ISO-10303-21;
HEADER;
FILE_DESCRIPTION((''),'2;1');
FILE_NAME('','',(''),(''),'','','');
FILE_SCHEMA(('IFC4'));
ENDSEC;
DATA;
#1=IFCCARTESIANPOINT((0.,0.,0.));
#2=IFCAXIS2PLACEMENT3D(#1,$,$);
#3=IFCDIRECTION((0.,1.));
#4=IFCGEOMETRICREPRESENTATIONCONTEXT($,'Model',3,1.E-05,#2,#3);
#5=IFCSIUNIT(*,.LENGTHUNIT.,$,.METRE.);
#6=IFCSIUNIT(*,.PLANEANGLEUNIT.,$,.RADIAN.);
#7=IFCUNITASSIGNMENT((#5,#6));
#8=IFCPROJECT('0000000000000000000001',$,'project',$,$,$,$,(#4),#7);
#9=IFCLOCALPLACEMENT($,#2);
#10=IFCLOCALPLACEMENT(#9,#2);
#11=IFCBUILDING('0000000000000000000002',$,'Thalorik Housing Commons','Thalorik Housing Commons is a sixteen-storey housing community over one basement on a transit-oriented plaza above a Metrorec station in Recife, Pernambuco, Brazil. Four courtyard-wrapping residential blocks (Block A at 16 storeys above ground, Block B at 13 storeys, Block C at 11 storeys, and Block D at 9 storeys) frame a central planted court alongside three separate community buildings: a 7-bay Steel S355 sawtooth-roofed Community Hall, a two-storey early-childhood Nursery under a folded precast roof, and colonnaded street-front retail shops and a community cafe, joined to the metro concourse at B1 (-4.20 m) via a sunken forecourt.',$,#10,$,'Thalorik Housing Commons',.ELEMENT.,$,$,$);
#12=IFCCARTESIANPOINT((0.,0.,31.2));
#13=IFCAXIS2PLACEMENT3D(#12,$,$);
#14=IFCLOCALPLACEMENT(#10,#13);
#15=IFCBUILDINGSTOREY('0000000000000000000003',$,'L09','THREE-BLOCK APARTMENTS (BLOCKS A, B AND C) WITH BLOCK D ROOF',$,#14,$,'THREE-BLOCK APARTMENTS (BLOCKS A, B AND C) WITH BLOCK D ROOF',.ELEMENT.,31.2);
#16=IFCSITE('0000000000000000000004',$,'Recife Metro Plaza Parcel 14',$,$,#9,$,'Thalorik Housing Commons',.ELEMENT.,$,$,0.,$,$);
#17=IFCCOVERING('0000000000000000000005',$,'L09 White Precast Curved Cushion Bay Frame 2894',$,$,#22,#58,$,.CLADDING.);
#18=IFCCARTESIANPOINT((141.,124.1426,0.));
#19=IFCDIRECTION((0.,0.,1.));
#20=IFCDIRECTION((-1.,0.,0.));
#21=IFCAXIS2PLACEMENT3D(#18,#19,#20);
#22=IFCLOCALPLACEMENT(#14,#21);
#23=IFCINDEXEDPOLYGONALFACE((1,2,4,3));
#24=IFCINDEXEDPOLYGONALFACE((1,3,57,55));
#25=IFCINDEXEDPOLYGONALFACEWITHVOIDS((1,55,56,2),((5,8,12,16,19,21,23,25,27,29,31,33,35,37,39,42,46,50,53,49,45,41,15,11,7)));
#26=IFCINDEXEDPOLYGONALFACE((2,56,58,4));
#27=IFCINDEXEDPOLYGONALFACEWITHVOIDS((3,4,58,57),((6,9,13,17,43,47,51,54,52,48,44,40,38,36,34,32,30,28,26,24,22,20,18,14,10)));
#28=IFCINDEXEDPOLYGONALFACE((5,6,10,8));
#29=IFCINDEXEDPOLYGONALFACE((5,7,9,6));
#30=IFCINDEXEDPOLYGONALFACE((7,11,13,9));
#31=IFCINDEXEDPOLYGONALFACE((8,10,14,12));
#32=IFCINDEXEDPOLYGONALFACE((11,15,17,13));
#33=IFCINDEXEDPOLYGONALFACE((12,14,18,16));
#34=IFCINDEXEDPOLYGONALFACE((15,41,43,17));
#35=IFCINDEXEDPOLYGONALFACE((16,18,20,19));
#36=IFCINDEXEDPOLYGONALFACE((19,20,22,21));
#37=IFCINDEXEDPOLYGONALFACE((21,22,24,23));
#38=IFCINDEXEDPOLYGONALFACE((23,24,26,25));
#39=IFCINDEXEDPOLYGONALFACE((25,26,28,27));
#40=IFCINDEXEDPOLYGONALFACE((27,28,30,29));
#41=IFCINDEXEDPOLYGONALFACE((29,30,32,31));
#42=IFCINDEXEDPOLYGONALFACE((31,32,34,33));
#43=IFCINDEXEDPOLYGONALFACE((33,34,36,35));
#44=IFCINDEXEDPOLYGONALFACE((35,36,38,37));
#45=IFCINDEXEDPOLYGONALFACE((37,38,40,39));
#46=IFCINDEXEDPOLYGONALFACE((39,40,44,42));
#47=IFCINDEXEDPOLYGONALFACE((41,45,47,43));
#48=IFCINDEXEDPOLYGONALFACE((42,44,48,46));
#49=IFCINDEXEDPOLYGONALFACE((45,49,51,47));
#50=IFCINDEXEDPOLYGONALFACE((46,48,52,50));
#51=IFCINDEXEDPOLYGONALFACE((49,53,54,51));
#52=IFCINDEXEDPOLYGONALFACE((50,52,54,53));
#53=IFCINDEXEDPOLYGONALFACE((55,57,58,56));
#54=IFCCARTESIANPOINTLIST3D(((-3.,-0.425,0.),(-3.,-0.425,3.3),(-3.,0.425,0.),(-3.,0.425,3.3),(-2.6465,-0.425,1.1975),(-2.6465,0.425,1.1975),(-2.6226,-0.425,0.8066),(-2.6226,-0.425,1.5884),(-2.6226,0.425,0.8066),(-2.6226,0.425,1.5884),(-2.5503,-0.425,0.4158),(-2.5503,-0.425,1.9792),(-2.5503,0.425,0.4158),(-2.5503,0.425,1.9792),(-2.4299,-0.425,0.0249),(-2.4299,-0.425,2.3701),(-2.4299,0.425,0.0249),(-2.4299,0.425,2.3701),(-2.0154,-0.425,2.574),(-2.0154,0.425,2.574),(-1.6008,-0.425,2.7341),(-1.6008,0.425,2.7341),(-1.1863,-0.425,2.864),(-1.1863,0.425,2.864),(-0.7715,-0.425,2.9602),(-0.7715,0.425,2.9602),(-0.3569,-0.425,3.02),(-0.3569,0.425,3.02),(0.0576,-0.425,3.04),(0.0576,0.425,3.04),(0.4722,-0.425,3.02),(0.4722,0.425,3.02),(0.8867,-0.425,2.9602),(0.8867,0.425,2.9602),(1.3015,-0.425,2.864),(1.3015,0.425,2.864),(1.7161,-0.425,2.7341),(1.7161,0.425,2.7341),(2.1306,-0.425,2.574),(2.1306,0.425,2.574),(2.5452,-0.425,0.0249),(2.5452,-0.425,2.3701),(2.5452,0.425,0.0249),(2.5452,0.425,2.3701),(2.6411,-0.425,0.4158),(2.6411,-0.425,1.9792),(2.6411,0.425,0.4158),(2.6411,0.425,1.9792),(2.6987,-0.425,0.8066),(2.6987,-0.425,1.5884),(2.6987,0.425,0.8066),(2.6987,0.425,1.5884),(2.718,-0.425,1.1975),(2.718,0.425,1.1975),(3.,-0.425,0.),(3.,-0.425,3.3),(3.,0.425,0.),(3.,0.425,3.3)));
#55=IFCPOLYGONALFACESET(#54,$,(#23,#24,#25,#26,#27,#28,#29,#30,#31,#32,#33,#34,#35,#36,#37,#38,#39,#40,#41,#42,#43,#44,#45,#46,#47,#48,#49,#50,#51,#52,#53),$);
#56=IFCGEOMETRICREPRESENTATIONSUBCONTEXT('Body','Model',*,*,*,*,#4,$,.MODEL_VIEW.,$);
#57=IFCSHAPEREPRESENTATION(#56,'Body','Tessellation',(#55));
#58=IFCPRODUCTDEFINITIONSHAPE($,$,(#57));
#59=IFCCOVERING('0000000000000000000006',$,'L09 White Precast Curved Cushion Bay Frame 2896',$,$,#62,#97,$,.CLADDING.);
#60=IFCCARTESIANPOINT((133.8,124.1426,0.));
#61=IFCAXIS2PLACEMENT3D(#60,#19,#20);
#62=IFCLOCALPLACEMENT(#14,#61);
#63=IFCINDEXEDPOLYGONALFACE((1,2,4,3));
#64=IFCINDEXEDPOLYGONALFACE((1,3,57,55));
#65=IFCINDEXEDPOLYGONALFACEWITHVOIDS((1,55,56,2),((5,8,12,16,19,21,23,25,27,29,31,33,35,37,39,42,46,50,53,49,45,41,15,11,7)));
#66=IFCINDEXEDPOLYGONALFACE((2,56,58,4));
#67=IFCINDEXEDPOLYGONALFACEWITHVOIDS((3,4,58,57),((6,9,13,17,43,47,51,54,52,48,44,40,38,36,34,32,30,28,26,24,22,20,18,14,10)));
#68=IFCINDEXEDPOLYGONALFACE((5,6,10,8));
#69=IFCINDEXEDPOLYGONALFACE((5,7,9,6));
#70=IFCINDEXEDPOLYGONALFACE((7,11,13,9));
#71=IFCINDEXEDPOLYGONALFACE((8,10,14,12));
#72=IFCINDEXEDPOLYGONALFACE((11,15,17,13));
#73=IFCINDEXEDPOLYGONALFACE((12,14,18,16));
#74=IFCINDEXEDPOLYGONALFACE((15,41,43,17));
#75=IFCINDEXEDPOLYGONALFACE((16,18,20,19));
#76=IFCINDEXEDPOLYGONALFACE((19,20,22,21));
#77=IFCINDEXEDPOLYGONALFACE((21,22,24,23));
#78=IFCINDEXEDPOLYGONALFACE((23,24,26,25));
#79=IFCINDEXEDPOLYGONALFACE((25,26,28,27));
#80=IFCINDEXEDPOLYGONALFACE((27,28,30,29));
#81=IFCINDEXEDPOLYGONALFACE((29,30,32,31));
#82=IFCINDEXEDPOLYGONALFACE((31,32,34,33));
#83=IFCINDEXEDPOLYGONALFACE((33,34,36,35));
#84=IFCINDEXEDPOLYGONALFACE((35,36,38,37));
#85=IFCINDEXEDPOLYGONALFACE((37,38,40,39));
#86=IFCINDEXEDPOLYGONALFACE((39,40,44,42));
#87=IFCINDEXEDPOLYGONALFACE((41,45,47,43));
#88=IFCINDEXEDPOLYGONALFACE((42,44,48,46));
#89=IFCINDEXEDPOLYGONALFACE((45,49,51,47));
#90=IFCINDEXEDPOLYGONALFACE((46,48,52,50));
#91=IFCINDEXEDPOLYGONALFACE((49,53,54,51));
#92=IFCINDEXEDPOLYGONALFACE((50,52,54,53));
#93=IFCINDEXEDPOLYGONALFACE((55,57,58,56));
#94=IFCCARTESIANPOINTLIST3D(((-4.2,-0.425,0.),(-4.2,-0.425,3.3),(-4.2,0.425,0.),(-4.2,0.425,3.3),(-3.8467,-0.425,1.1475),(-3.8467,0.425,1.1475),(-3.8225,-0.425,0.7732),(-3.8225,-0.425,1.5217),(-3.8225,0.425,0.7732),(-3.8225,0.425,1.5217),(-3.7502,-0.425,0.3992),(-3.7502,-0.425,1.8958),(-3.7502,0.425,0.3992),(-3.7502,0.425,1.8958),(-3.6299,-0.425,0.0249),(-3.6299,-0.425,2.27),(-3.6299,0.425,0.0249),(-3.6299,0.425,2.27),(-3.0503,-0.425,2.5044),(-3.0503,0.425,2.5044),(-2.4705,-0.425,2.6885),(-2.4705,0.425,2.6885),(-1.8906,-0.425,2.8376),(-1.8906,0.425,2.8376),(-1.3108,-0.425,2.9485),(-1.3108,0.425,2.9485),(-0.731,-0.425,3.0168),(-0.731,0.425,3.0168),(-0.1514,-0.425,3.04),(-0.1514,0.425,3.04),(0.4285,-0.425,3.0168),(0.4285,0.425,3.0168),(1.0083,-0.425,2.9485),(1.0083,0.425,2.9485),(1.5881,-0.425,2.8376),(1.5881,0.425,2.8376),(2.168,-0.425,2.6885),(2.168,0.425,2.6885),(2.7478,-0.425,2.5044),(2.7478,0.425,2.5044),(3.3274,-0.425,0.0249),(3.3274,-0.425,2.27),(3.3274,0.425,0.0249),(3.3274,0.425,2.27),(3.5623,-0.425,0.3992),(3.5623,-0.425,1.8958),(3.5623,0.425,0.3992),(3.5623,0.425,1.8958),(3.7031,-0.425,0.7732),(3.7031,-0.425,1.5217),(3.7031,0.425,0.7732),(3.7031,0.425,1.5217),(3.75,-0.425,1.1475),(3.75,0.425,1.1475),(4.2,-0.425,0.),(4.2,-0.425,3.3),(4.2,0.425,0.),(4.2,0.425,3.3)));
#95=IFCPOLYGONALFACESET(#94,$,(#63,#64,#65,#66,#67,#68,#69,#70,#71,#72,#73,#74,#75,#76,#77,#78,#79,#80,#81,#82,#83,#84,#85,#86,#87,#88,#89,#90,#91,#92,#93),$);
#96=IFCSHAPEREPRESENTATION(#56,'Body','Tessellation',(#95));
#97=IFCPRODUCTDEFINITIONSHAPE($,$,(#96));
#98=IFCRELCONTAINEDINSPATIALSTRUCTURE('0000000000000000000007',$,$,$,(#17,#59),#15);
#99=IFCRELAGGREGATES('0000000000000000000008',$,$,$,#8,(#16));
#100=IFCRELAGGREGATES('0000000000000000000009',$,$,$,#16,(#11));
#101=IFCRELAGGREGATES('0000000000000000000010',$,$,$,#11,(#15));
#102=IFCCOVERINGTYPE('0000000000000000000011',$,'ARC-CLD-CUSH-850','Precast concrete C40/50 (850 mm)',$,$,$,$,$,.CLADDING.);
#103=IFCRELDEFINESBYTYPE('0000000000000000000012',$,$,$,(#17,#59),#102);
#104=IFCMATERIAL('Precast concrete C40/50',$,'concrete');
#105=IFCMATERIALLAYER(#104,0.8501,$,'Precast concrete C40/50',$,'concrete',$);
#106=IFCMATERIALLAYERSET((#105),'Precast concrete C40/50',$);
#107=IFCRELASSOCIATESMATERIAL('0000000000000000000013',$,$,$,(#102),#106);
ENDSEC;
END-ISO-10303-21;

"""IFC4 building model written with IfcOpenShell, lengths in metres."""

from ifc_helpers import new_model, si_unit, direction, frame, origin, place, context, subcontext, project, spatial, polyline, outline, extrude, material, layer, layer_set, type_object, element, save


model = new_model("IFC4")

# Units and contexts
model_context = context("Model", 3, precision=1e-05, world=origin(), true_north=direction((0.0, 1.0)))
body_context = subcontext(model_context, "Body", "Model", "MODEL_VIEW")
ifc_project = project(units=[si_unit("LENGTHUNIT", "METRE"), si_unit("PLANEANGLEUNIT", "RADIAN")], contexts=[model_context])

# Site, building, storey
site_placement = place(None, origin())
site = spatial("IfcSite", under=ifc_project, at=site_placement, Name="Recife Metro Plaza Parcel 14", LongName="Thalorik Housing Commons", CompositionType="ELEMENT", RefElevation=0.0)
building_placement = place(site_placement, origin())
building = spatial("IfcBuilding", under=site, at=building_placement, Name="Thalorik Housing Commons", Description="Thalorik Housing Commons is a sixteen-storey housing community over one basement on a transit-oriented plaza above a Metrorec station in Recife, Pernambuco, Brazil. Four courtyard-wrapping residential blocks (Block A at 16 storeys above ground, Block B at 13 storeys, Block C at 11 storeys, and Block D at 9 storeys) frame a central planted court alongside three separate community buildings: a 7-bay Steel S355 sawtooth-roofed Community Hall, a two-storey early-childhood Nursery under a folded precast roof, and colonnaded street-front retail shops and a community cafe, joined to the metro concourse at B1 (-4.20 m) via a sunken forecourt.", LongName="Thalorik Housing Commons", CompositionType="ELEMENT")
storey_placement = place(building_placement, frame((0.0, 0.0, 31.2)))
storey = spatial("IfcBuildingStorey", under=building, at=storey_placement, Name="L09", Description="THREE-BLOCK APARTMENTS (BLOCKS A, B AND C) WITH BLOCK D ROOF", LongName="THREE-BLOCK APARTMENTS (BLOCKS A, B AND C) WITH BLOCK D ROOF", CompositionType="ELEMENT", Elevation=31.2)

# Shared definitions
ifc_material_1 = material(Name="Precast concrete C40/50", Category="concrete")

# Coverings
ifc_layer_1 = layer(ifc_material_1, 0.8501, Name="Precast concrete C40/50", Category="concrete")
ifc_layer_set_1 = layer_set([ifc_layer_1], Name="Precast concrete C40/50")
covering_type_1 = type_object("IfcCoveringType", Name="ARC-CLD-CUSH-850", Description="Precast concrete C40/50 (850 mm)", PredefinedType="CLADDING", material=ifc_layer_set_1)
covering_1_placement = place(storey_placement, frame((141.0, 124.1426, 0.0), z_axis=(0.0, 0.0, 1.0), x_axis=(-1.0, 0.0, 0.0)))
element("IfcCovering", 1, at=covering_1_placement, inside=storey, type_object=covering_type_1, Name="L09 White Precast Curved Cushion Bay Frame 2894", PredefinedType="CLADDING", context=body_context, shape_type="SweptSolid", body=[
    extrude(outline(polyline([(-3.0, 0.0), (3.0, 0.0), (3.0, 3.3), (-3.0, 3.3), (-3.0, 0.0)]), holes=[polyline([(2.5452, 0.0249), (2.6411, 0.4158), (2.6987, 0.8066), (2.718, 1.1975), (2.6987, 1.5884), (2.6411, 1.9792), (2.5452, 2.3701), (2.1306, 2.574), (1.7161, 2.7341), (1.3015, 2.864), (0.8867, 2.9602), (0.4722, 3.02), (0.0576, 3.04), (-0.3569, 3.02), (-0.7715, 2.9602), (-1.1863, 2.864), (-1.6008, 2.7341), (-2.0154, 2.574), (-2.4299, 2.3701), (-2.5503, 1.9792), (-2.6226, 1.5884), (-2.6465, 1.1975), (-2.6226, 0.8066), (-2.5503, 0.4158), (-2.4299, 0.0249), (2.5452, 0.0249)])]), frame((0.0, 0.425, 0.0), z_axis=(0.0, -1.0, 0.0), x_axis=(1.0, 0.0, 0.0)), (0.0, 0.0, 1.0), 0.8501),
])
covering_2_placement = place(storey_placement, frame((133.8, 124.1426, 0.0), z_axis=(0.0, 0.0, 1.0), x_axis=(-1.0, 0.0, 0.0)))
element("IfcCovering", 2, at=covering_2_placement, inside=storey, type_object=covering_type_1, Name="L09 White Precast Curved Cushion Bay Frame 2896", PredefinedType="CLADDING", context=body_context, shape_type="SweptSolid", body=[
    extrude(outline(polyline([(-4.2, 0.0), (4.2, 0.0), (4.2, 3.3), (-4.2, 3.3), (-4.2, 0.0)]), holes=[polyline([(3.3274, 0.0249), (3.5623, 0.3992), (3.7031, 0.7732), (3.75, 1.1475), (3.7031, 1.5217), (3.5623, 1.8958), (3.3274, 2.27), (2.7478, 2.5044), (2.168, 2.6885), (1.5881, 2.8376), (1.0083, 2.9485), (0.4285, 3.0168), (-0.1514, 3.04), (-0.731, 3.0168), (-1.3108, 2.9485), (-1.8906, 2.8376), (-2.4705, 2.6885), (-3.0503, 2.5044), (-3.6299, 2.27), (-3.7502, 1.8958), (-3.8225, 1.5217), (-3.8467, 1.1475), (-3.8225, 0.7732), (-3.7502, 0.3992), (-3.6299, 0.0249), (3.3274, 0.0249)])]), frame((0.0, 0.425, 0.0), z_axis=(0.0, -1.0, 0.0), x_axis=(1.0, 0.0, 0.0)), (0.0, 0.0, 1.0), 0.8501),
])

save(model, "model.ifc")
